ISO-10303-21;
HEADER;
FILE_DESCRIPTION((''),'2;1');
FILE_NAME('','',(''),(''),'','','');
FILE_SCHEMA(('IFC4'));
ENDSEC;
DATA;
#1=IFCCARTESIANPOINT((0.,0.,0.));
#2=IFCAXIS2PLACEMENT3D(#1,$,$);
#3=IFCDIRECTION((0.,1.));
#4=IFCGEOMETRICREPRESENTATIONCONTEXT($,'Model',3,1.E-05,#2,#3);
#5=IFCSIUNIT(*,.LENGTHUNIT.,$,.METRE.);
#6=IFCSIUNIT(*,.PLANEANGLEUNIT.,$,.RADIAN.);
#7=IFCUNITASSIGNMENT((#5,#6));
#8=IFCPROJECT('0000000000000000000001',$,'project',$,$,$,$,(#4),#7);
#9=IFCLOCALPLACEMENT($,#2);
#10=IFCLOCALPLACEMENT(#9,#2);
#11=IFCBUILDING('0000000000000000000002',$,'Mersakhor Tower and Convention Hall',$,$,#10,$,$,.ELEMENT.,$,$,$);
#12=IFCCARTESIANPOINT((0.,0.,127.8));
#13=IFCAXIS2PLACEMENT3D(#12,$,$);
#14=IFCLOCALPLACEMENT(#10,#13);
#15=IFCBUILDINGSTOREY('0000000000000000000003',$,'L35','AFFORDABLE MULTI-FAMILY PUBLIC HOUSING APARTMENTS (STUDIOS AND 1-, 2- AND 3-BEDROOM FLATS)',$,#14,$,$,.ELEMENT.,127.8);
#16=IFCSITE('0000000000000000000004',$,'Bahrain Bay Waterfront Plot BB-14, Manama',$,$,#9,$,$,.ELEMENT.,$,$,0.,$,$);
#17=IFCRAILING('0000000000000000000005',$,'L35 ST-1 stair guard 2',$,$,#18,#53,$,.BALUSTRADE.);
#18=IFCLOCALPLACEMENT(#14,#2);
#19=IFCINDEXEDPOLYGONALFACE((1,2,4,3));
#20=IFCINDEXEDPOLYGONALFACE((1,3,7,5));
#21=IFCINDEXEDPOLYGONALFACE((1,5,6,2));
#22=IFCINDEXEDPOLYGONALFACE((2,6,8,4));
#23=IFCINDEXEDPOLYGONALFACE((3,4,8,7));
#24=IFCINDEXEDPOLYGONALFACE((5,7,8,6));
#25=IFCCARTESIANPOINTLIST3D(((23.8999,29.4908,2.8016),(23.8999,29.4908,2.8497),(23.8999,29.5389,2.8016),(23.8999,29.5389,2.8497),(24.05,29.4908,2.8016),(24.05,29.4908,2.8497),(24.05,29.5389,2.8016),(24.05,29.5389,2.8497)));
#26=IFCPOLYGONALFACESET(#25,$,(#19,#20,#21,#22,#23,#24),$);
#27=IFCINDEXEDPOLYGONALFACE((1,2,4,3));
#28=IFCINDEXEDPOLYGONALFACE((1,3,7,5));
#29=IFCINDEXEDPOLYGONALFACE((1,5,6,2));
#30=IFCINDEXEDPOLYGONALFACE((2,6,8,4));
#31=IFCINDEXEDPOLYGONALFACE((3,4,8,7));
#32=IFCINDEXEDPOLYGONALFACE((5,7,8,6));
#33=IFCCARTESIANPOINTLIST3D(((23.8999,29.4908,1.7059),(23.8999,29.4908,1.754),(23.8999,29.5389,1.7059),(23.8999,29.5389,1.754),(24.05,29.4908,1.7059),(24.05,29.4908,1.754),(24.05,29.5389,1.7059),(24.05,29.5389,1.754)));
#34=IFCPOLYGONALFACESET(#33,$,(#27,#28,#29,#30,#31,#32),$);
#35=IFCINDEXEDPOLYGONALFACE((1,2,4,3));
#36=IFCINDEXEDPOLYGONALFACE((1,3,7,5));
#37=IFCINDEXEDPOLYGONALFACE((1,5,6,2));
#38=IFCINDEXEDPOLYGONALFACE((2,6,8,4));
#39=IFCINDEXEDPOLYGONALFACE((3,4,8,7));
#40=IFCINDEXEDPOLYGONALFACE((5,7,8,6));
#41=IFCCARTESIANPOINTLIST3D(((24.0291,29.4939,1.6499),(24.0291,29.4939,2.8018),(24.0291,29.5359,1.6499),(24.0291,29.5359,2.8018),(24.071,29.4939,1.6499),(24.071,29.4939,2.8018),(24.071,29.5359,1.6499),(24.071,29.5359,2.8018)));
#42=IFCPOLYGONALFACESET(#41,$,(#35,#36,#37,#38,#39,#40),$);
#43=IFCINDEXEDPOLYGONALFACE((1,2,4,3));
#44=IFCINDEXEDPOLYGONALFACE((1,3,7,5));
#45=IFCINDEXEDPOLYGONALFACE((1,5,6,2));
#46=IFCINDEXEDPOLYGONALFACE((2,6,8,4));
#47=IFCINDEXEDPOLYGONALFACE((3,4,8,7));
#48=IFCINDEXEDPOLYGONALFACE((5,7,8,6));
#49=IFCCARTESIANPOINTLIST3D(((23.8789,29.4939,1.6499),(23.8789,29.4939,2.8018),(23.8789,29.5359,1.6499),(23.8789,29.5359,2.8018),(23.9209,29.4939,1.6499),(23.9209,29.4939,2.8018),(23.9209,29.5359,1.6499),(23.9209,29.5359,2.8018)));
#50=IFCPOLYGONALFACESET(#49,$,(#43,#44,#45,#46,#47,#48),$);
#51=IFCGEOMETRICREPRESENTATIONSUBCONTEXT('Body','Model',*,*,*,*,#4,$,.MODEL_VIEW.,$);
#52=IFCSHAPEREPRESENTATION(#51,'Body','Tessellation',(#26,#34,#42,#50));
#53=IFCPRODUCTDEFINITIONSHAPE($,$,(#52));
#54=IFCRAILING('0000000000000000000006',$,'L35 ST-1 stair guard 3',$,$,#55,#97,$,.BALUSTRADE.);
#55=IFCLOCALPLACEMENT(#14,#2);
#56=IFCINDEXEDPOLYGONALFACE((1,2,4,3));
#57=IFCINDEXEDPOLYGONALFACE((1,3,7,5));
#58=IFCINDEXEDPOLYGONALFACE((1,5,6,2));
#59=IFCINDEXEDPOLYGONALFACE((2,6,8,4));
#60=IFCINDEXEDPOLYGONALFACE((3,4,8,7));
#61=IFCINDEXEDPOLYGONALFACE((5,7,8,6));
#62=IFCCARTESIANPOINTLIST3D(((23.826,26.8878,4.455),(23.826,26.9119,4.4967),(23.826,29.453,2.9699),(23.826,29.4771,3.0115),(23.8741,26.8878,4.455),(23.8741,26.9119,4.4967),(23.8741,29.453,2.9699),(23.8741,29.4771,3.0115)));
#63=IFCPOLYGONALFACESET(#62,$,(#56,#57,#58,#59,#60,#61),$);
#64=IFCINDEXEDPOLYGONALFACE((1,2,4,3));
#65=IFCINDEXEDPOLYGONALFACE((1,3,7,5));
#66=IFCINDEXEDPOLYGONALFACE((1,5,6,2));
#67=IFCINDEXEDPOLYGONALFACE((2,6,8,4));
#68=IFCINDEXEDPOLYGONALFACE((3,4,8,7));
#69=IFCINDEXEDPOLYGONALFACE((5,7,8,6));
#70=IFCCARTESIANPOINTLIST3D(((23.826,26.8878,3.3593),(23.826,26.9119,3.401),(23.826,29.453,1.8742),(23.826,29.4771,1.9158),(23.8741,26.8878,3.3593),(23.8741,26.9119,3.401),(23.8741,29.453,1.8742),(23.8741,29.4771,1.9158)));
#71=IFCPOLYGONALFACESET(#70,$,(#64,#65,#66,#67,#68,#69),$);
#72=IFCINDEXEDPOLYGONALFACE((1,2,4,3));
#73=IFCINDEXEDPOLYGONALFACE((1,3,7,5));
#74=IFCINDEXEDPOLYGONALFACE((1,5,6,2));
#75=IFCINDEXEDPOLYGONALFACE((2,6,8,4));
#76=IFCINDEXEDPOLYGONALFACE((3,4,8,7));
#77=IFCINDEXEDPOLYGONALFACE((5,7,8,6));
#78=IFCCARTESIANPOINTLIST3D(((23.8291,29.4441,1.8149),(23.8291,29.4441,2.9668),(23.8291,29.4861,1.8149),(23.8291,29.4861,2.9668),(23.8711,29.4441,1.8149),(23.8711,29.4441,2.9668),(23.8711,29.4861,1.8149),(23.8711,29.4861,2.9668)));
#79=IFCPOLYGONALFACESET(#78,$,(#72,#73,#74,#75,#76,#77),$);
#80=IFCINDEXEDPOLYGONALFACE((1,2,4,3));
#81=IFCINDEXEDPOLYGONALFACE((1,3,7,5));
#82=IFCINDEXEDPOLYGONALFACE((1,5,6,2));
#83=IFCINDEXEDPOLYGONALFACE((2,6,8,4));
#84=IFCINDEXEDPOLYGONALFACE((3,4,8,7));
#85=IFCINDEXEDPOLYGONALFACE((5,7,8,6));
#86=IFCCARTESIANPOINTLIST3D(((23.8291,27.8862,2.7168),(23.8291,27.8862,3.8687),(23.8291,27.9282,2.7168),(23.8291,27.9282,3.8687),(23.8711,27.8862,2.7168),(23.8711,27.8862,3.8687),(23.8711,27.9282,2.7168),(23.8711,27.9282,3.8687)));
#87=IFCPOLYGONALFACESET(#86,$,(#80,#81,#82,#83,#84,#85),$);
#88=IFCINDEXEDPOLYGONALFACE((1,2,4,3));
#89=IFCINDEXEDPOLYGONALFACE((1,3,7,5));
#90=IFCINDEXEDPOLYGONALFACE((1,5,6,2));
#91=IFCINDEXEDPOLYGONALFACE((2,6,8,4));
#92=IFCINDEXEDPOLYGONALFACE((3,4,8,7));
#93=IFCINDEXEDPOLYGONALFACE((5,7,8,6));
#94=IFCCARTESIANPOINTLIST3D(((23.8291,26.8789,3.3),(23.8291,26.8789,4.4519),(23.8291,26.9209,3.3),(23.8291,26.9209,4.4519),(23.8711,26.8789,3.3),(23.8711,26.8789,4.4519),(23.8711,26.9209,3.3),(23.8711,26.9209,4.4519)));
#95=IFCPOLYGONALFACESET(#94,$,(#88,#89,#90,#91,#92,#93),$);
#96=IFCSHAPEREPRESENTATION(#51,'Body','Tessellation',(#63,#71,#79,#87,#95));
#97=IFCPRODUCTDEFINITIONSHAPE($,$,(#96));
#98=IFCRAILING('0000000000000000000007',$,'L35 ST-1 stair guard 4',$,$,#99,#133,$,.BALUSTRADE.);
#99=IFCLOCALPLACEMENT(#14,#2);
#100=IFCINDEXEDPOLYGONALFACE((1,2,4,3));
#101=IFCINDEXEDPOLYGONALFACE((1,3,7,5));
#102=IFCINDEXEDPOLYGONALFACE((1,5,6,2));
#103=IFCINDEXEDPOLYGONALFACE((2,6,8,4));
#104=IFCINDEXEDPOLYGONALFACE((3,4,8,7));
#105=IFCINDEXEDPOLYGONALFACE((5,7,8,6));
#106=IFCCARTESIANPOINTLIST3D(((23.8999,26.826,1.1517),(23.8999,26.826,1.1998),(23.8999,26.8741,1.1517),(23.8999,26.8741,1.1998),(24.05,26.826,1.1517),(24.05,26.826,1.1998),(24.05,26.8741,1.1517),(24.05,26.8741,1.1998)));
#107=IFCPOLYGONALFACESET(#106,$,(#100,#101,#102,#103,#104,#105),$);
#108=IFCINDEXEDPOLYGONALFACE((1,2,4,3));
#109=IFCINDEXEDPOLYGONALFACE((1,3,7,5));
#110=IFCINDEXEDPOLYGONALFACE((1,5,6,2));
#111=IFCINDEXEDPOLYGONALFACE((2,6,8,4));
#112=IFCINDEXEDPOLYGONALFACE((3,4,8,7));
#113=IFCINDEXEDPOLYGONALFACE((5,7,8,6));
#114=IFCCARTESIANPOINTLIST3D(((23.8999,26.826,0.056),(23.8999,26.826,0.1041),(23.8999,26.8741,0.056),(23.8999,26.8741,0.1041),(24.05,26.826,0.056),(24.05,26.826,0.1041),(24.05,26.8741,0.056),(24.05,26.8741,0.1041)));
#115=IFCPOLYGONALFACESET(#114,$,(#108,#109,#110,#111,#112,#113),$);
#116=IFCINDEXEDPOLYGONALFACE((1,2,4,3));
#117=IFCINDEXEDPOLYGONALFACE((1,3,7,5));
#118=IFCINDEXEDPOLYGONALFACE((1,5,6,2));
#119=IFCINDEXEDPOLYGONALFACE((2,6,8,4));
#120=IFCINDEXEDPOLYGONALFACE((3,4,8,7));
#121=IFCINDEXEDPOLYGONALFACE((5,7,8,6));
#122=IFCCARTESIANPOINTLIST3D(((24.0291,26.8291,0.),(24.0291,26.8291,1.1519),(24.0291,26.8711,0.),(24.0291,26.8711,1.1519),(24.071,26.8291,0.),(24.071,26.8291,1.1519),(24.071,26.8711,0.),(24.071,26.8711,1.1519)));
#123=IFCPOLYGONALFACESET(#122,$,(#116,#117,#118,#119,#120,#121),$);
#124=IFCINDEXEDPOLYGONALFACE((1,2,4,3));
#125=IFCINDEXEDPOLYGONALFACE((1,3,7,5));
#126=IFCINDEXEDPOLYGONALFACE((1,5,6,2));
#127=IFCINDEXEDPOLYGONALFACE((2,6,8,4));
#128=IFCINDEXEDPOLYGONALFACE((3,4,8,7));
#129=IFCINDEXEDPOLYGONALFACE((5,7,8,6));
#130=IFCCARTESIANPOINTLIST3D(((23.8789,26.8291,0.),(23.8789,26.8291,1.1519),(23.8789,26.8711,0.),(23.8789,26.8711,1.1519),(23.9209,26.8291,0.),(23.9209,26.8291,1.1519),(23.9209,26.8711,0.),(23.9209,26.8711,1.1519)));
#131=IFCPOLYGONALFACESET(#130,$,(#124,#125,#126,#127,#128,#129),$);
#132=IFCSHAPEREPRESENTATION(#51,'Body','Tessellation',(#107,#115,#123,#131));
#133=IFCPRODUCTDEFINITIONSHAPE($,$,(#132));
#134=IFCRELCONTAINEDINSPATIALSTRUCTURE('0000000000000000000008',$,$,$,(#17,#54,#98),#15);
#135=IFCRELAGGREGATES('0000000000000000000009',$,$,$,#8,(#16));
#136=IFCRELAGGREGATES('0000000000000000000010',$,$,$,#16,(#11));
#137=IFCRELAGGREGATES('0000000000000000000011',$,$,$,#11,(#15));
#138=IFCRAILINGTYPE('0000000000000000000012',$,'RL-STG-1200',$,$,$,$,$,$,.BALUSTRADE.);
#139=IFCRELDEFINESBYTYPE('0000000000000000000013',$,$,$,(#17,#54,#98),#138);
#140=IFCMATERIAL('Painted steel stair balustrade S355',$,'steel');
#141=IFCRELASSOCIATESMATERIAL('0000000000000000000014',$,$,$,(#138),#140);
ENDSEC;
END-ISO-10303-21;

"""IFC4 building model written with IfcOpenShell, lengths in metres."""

from ifc_helpers import new_model, si_unit, direction, frame, origin, origin_2d, place, context, subcontext, project, spatial, rectangle, extrude, material, type_object, element, save


model = new_model("IFC4")

# Units and contexts
model_context = context("Model", 3, precision=1e-05, world=origin(), true_north=direction((0.0, 1.0)))
body_context = subcontext(model_context, "Body", "Model", "MODEL_VIEW")
ifc_project = project(units=[si_unit("LENGTHUNIT", "METRE"), si_unit("PLANEANGLEUNIT", "RADIAN")], contexts=[model_context])

# Site, building, storey
site_placement = place(None, origin())
site = spatial("IfcSite", under=ifc_project, at=site_placement, Name="Bahrain Bay Waterfront Plot BB-14, Manama", CompositionType="ELEMENT", RefElevation=0.0)
building_placement = place(site_placement, origin())
building = spatial("IfcBuilding", under=site, at=building_placement, Name="Mersakhor Tower and Convention Hall", CompositionType="ELEMENT")
storey_placement = place(building_placement, frame((0.0, 0.0, 127.8)))
storey = spatial("IfcBuildingStorey", under=building, at=storey_placement, Name="L35", Description="AFFORDABLE MULTI-FAMILY PUBLIC HOUSING APARTMENTS (STUDIOS AND 1-, 2- AND 3-BEDROOM FLATS)", CompositionType="ELEMENT", Elevation=127.8)

# Railings
ifc_material_1 = material(Name="Painted steel stair balustrade S355", Category="steel")
railing_type_1 = type_object("IfcRailingType", Name="RL-STG-1200", PredefinedType="BALUSTRADE", material=ifc_material_1)
railing_1_placement = place(storey_placement, frame((24.05, 29.5149, 1.6499)))
element("IfcRailing", 1, at=railing_1_placement, inside=storey, type_object=railing_type_1, Name="L35 ST-1 stair guard 2", PredefinedType="BALUSTRADE", context=body_context, shape_type="SweptSolid", body=[
    extrude(rectangle(XDim=0.0481, YDim=0.0481, at=origin_2d()), frame((0.0, 0.0, 1.1758), z_axis=(-1.0, 0.0, 0.0), x_axis=(0.0, -1.0, 0.0)), (0.0, 0.0, 1.0), 0.1501),
    extrude(rectangle(XDim=0.0481, YDim=0.0481, at=origin_2d()), frame((0.0, 0.0, 0.0801), z_axis=(-1.0, 0.0, 0.0), x_axis=(0.0, -1.0, 0.0)), (0.0, 0.0, 1.0), 0.1501),
    extrude(rectangle(XDim=0.042, YDim=0.042, at=origin_2d()), origin(), (0.0, 0.0, 1.0), 1.1519),
    extrude(rectangle(XDim=0.042, YDim=0.042, at=origin_2d()), frame((-0.1501, 0.0, 0.0)), (0.0, 0.0, 1.0), 1.1519),
])
railing_2_placement = place(storey_placement, frame((23.8501, 29.4651, 1.8149)))
element("IfcRailing", 2, at=railing_2_placement, inside=storey, type_object=railing_type_1, Name="L35 ST-1 stair guard 3", PredefinedType="BALUSTRADE", context=body_context, shape_type="SweptSolid", body=[
    extrude(rectangle(XDim=0.0481, YDim=0.0481, at=origin_2d()), frame((0.0, 0.0, 1.1758), z_axis=(0.0, -0.865426, 0.501036), x_axis=(1.0, 0.0, 0.0)), (0.0, 0.0, 1.0), 2.9641),
    extrude(rectangle(XDim=0.0481, YDim=0.0481, at=origin_2d()), frame((0.0, 0.0, 0.0801), z_axis=(0.0, -0.865426, 0.501036), x_axis=(1.0, 0.0, 0.0)), (0.0, 0.0, 1.0), 2.9641),
    extrude(rectangle(XDim=0.042, YDim=0.042, at=origin_2d()), origin(), (0.0, 0.0, 1.0), 1.1519),
    extrude(rectangle(XDim=0.042, YDim=0.042, at=origin_2d()), frame((0.0, -1.5579, 0.9019)), (0.0, 0.0, 1.0), 1.1519),
    extrude(rectangle(XDim=0.042, YDim=0.042, at=origin_2d()), frame((0.0, -2.5652, 1.4851)), (0.0, 0.0, 1.0), 1.1519),
])
railing_3_placement = place(storey_placement, frame((24.05, 26.8501, 0.0)))
element("IfcRailing", 3, at=railing_3_placement, inside=storey, type_object=railing_type_1, Name="L35 ST-1 stair guard 4", PredefinedType="BALUSTRADE", context=body_context, shape_type="SweptSolid", body=[
    extrude(rectangle(XDim=0.0481, YDim=0.0481, at=origin_2d()), frame((0.0, 0.0, 1.1758), z_axis=(-1.0, 0.0, 0.0), x_axis=(0.0, -1.0, 0.0)), (0.0, 0.0, 1.0), 0.1501),
    extrude(rectangle(XDim=0.0481, YDim=0.0481, at=origin_2d()), frame((0.0, 0.0, 0.0801), z_axis=(-1.0, 0.0, 0.0), x_axis=(0.0, -1.0, 0.0)), (0.0, 0.0, 1.0), 0.1501),
    extrude(rectangle(XDim=0.042, YDim=0.042, at=origin_2d()), origin(), (0.0, 0.0, 1.0), 1.1519),
    extrude(rectangle(XDim=0.042, YDim=0.042, at=origin_2d()), frame((-0.1501, 0.0, 0.0)), (0.0, 0.0, 1.0), 1.1519),
])

save(model, "model.ifc")
